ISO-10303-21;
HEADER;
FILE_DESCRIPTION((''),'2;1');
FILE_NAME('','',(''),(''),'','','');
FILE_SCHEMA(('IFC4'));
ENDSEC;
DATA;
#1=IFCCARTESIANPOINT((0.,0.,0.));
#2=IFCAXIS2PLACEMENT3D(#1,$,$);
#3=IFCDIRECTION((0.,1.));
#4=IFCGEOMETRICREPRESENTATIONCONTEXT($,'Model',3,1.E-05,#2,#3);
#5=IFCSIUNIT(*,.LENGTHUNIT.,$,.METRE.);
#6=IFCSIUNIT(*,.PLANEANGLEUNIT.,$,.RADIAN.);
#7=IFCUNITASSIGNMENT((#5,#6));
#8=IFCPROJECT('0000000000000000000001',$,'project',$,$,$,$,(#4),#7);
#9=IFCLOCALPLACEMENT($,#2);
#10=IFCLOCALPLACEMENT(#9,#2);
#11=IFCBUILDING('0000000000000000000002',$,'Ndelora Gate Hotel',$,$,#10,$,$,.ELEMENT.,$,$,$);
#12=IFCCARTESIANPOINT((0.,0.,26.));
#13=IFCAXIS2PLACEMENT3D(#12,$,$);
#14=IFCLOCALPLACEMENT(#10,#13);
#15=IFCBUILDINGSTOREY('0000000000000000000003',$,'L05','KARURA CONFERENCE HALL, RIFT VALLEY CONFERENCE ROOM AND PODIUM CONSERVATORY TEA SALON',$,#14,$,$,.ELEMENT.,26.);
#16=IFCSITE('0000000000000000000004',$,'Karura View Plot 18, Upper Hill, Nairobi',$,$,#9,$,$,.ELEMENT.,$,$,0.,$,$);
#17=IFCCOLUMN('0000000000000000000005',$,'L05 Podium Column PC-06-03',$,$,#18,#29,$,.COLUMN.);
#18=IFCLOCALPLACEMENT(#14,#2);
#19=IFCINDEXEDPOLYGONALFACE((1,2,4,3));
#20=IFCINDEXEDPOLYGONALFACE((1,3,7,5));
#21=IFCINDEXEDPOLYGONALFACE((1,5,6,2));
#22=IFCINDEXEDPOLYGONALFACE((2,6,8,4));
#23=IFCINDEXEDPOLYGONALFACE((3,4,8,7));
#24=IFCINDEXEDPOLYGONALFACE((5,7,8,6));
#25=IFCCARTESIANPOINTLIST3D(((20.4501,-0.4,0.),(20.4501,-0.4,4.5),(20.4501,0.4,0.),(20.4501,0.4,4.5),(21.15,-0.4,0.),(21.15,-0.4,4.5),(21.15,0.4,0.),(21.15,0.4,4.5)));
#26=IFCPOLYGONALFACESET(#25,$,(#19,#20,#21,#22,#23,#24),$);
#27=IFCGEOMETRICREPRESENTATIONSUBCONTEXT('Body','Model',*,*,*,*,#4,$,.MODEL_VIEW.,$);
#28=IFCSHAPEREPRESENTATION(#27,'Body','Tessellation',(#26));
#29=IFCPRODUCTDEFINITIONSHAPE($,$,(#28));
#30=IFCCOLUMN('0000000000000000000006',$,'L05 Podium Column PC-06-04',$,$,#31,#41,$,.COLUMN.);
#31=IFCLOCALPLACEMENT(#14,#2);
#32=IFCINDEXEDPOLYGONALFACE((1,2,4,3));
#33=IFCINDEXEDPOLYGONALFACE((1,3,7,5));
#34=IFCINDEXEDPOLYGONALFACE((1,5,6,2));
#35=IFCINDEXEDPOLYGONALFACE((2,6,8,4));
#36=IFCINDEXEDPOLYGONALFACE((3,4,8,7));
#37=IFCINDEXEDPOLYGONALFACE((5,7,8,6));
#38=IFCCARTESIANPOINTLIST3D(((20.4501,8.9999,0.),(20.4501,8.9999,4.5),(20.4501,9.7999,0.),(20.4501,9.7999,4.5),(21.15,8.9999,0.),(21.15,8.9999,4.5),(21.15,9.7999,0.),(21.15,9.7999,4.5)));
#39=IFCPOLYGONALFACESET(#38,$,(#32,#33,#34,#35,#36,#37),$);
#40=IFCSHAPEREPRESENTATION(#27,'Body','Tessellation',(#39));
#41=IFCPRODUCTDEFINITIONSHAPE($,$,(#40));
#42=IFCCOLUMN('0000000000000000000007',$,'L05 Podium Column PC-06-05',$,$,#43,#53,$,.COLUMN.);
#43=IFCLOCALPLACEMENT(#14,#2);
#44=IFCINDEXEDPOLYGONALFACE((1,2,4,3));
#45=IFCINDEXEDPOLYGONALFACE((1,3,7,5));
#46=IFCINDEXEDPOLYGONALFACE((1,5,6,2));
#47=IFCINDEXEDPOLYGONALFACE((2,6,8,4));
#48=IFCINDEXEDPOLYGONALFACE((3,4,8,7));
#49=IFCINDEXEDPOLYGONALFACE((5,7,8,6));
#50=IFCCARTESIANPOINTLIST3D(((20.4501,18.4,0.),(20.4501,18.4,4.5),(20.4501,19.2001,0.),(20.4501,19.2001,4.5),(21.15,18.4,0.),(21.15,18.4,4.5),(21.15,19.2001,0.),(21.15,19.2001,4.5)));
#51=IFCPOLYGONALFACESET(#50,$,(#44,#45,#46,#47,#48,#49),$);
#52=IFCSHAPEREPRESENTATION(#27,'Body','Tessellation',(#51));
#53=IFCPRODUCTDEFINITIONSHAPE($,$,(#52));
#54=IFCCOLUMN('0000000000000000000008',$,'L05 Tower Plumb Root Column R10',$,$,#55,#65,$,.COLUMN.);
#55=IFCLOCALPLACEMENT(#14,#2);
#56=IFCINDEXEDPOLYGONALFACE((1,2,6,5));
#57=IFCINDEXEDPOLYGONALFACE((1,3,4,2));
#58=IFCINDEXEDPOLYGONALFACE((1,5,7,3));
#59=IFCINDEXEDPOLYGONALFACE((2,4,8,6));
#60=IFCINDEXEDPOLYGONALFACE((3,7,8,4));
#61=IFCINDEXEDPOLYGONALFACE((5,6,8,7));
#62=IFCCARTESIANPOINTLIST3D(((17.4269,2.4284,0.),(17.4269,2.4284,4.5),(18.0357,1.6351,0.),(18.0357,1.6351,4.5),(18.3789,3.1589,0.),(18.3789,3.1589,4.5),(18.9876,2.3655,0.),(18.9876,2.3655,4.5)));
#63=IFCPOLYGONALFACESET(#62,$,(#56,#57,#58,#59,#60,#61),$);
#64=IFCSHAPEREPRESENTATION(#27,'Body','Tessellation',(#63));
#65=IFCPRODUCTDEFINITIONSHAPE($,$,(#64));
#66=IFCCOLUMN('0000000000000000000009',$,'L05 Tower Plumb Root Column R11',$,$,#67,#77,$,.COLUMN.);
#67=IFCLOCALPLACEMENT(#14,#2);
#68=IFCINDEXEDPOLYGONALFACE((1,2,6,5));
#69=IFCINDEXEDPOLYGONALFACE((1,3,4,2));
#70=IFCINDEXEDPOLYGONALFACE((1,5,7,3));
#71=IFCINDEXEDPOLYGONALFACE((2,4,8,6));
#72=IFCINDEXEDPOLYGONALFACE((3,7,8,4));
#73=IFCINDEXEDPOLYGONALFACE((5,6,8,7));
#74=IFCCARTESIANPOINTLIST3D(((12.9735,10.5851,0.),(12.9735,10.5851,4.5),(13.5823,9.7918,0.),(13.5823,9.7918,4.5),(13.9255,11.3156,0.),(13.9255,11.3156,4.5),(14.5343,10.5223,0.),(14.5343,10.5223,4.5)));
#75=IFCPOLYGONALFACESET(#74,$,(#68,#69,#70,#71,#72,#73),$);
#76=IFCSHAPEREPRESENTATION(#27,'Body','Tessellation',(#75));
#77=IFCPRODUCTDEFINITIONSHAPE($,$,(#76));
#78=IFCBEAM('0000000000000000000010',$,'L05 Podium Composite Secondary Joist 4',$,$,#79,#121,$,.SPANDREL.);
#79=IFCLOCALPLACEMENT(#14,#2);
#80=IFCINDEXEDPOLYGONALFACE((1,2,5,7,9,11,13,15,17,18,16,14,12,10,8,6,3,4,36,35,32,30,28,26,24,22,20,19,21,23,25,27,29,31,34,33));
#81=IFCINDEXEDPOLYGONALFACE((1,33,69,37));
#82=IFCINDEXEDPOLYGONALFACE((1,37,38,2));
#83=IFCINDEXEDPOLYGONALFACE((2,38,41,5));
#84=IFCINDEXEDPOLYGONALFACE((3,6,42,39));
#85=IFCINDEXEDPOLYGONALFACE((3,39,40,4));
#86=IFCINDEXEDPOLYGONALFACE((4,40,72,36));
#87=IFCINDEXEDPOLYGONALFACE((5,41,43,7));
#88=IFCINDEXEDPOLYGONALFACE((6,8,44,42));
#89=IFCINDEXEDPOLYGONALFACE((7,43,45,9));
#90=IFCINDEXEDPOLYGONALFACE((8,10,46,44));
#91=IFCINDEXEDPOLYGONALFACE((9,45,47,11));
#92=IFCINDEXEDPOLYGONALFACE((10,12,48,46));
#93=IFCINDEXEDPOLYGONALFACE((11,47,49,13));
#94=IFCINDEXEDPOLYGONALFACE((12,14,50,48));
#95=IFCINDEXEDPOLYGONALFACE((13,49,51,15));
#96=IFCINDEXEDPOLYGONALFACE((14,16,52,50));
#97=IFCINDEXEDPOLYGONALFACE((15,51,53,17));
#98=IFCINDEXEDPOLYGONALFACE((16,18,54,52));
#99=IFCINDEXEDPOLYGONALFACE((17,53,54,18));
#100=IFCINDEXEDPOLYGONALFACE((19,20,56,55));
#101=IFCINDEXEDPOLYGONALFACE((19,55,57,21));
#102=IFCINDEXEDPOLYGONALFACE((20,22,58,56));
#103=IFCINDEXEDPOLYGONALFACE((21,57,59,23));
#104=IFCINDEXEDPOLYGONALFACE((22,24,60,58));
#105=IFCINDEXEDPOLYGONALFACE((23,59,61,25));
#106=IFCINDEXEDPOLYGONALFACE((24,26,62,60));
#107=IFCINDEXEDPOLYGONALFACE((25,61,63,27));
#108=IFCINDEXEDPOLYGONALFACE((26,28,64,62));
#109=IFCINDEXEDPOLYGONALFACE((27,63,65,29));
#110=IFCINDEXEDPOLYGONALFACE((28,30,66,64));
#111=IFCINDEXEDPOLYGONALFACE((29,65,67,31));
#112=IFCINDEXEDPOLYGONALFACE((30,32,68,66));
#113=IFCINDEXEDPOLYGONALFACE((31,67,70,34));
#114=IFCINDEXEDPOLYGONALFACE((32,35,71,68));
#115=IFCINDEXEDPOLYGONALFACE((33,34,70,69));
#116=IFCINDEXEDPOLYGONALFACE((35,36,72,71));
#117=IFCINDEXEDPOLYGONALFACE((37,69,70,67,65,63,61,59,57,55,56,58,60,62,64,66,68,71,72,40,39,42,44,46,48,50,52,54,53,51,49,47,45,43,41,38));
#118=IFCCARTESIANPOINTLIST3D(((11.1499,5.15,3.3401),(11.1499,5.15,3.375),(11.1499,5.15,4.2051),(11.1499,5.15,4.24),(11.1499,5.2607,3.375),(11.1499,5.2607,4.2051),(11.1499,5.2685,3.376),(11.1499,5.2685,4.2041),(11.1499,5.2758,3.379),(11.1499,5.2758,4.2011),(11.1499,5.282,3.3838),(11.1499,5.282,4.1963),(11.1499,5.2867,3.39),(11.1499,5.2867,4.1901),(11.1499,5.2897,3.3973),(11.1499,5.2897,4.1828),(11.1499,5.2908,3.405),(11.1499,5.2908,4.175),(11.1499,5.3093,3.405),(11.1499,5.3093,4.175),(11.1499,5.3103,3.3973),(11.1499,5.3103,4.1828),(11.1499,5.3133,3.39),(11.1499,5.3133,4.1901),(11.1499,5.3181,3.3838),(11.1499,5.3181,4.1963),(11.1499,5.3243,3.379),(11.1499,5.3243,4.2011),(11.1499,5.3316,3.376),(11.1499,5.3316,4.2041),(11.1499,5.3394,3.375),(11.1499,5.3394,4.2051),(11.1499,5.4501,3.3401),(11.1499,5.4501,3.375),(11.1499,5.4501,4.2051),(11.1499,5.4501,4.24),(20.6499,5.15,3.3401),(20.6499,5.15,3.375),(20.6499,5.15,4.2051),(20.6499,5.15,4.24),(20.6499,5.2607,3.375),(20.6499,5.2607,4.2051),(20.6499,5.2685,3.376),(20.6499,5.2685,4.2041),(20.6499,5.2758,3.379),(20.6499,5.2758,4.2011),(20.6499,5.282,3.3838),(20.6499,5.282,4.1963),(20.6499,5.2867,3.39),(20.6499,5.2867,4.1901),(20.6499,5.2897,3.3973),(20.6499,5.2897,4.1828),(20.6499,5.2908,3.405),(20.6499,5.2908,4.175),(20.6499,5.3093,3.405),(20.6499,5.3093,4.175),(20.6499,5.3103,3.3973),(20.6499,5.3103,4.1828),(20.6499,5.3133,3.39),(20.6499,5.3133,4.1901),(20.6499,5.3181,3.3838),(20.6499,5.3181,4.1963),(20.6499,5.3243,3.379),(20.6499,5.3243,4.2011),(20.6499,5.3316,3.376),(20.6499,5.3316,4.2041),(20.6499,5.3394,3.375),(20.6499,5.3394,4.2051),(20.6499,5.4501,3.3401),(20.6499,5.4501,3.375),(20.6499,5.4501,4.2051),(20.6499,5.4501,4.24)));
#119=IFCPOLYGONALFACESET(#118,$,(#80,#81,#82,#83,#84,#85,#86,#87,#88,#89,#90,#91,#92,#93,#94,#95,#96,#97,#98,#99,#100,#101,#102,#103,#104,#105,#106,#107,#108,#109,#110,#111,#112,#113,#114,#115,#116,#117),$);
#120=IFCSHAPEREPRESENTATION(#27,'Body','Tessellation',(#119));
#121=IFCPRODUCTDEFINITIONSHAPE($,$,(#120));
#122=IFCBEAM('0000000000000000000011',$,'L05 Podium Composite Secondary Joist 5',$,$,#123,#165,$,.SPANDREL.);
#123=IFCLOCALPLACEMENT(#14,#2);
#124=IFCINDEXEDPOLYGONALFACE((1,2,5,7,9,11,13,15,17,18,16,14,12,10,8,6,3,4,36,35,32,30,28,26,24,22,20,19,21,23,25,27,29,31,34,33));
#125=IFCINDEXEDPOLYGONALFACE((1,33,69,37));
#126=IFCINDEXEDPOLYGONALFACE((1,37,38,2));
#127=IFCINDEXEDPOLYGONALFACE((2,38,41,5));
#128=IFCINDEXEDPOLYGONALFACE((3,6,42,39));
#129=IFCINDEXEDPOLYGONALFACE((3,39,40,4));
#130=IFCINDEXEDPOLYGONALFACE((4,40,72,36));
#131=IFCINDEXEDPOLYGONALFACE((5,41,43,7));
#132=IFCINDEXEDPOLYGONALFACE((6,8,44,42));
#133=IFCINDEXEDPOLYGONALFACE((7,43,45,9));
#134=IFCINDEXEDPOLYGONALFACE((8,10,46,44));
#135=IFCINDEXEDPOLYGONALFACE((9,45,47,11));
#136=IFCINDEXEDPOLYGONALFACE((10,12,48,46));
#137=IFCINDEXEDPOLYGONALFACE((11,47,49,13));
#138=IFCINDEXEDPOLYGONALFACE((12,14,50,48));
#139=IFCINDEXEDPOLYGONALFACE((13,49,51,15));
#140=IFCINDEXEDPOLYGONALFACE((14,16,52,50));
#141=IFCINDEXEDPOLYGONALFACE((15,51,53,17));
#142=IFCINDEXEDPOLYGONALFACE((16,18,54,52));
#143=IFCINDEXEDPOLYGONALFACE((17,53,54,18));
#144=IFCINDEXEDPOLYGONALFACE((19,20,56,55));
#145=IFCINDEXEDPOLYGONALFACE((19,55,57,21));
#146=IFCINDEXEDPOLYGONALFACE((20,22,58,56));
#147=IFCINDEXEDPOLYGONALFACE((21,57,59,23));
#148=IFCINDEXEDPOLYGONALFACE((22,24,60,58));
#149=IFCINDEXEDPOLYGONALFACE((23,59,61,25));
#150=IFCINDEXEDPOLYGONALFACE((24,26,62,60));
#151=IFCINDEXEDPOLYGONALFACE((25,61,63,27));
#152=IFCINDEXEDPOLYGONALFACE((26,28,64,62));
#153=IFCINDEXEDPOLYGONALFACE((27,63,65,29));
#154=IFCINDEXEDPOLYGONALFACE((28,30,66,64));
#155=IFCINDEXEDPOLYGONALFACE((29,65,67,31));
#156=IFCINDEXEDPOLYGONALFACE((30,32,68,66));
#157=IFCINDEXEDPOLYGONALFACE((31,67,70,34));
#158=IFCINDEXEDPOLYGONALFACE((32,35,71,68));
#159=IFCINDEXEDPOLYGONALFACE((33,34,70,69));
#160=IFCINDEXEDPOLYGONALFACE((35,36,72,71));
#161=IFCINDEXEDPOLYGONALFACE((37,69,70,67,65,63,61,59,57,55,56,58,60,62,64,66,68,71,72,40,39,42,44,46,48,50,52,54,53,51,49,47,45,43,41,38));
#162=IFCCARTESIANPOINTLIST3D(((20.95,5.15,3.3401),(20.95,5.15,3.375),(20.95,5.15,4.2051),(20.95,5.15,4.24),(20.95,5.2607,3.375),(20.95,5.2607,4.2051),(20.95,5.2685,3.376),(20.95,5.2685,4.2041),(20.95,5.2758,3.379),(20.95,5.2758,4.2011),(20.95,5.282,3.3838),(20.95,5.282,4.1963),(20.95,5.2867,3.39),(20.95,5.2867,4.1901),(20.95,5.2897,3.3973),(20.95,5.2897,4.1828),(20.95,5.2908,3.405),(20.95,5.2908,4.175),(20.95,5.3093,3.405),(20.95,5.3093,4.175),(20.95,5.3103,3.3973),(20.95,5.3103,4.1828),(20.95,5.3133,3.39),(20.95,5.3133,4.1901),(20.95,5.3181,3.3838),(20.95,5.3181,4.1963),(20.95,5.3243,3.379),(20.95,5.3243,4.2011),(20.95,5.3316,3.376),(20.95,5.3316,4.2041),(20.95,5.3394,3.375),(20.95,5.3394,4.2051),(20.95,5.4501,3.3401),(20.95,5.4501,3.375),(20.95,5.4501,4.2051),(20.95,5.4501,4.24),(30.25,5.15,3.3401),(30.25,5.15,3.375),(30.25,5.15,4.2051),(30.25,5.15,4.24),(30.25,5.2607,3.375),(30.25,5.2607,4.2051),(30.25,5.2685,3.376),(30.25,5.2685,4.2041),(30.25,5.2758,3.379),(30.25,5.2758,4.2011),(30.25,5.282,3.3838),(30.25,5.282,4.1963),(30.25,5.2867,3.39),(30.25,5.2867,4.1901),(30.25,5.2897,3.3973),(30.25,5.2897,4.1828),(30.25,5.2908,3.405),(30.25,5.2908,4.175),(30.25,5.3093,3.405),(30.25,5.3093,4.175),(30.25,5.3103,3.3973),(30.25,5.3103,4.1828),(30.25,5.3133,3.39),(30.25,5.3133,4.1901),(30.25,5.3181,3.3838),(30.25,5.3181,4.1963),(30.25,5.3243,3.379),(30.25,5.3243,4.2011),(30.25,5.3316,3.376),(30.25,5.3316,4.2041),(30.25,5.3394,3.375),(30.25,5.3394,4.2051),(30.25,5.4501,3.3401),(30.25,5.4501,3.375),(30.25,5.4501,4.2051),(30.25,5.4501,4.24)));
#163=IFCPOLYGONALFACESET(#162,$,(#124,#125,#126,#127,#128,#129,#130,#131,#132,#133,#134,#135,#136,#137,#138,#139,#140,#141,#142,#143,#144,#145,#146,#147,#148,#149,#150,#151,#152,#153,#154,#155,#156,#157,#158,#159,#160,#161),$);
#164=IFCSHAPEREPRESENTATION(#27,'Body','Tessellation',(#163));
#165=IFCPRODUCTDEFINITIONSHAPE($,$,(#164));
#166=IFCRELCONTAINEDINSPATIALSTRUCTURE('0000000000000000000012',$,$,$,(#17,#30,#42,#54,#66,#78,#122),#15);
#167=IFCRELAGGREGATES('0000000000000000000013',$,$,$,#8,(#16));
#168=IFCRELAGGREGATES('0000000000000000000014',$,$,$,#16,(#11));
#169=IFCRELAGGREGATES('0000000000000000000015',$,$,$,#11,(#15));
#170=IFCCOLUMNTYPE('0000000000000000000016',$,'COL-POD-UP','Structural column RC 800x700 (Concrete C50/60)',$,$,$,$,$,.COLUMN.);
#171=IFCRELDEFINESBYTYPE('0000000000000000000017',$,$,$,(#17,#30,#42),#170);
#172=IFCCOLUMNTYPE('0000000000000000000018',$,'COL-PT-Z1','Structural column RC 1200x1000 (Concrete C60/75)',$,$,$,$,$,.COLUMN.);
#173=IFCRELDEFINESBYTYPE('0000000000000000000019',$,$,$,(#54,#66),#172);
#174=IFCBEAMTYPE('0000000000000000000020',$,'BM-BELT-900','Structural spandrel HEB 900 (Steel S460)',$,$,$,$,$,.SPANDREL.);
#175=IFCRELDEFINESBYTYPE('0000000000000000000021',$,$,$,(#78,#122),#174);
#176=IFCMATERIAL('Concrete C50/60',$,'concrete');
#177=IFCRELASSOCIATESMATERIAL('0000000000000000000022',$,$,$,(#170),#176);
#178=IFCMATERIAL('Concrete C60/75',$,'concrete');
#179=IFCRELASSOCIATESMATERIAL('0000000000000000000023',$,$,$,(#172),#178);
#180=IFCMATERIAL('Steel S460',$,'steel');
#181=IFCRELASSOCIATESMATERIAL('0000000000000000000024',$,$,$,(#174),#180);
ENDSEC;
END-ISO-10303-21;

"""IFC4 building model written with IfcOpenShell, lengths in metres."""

from ifc_helpers import new_model, si_unit, direction, frame, origin, origin_2d, place, context, subcontext, project, spatial, rectangle, i_section, extrude, material, material_profile, profile_set, type_object, element, save


model = new_model("IFC4")

# Units and contexts
model_context = context("Model", 3, precision=1e-05, world=origin(), true_north=direction((0.0, 1.0)))
body_context = subcontext(model_context, "Body", "Model", "MODEL_VIEW")
ifc_project = project(units=[si_unit("LENGTHUNIT", "METRE"), si_unit("PLANEANGLEUNIT", "RADIAN")], contexts=[model_context])

# Site, building, storey
site_placement = place(None, origin())
site = spatial("IfcSite", under=ifc_project, at=site_placement, Name="Karura View Plot 18, Upper Hill, Nairobi", CompositionType="ELEMENT", RefElevation=0.0)
building_placement = place(site_placement, origin())
building = spatial("IfcBuilding", under=site, at=building_placement, Name="Ndelora Gate Hotel", CompositionType="ELEMENT")
storey_placement = place(building_placement, frame((0.0, 0.0, 26.0)))
storey = spatial("IfcBuildingStorey", under=building, at=storey_placement, Name="L05", Description="KARURA CONFERENCE HALL, RIFT VALLEY CONFERENCE ROOM AND PODIUM CONSERVATORY TEA SALON", CompositionType="ELEMENT", Elevation=26.0)

# Columns
ifc_material_1 = material(Name="Concrete C50/60", Category="concrete")
ifc_material_profile_1 = material_profile(ifc_material_1, rectangle(XDim=0.7, YDim=0.8, at=origin_2d()), Name="RC 800x700")
ifc_profile_set_1 = profile_set([ifc_material_profile_1], Name="Concrete C50/60")
column_type_1 = type_object("IfcColumnType", Name="COL-POD-UP", Description="Structural column RC 800x700 (Concrete C50/60)", PredefinedType="COLUMN", material=ifc_profile_set_1)
for number, where, z_axis, x_axis, name in (
    (1, (20.8, 0.0, 0.0), (0.0, 0.0, 1.0), (1.0, 0.0, 0.0), "L05 Podium Column PC-06-03"),
    (2, (20.8, 9.3999, 0.0), (0.0, 0.0, 1.0), (1.0, 0.0, 0.0), "L05 Podium Column PC-06-04"),
    (3, (20.8, 18.8, 0.0), (0.0, 0.0, 1.0), (1.0, 0.0, 0.0), "L05 Podium Column PC-06-05"),
):
    element("IfcColumn", number, at=place(storey_placement, frame(where, z_axis=z_axis, x_axis=x_axis)), inside=storey, type_object=column_type_1, Name=name, PredefinedType="COLUMN", context=body_context, shape_type="SweptSolid", body=[
        extrude(rectangle(XDim=0.7, YDim=0.8, at=origin_2d()), origin(), (0.0, 0.0, 1.0), 4.5),
    ])
ifc_material_2 = material(Name="Concrete C60/75", Category="concrete")
ifc_material_profile_2 = material_profile(ifc_material_2, rectangle(XDim=1.0, YDim=1.2, at=origin_2d()), Name="RC 1200x1000")
ifc_profile_set_2 = profile_set([ifc_material_profile_2], Name="Concrete C60/75")
column_type_2 = type_object("IfcColumnType", Name="COL-PT-Z1", Description="Structural column RC 1200x1000 (Concrete C60/75)", PredefinedType="COLUMN", material=ifc_profile_set_2)
for number, where, z_axis, x_axis, name in (
    (4, (18.2073, 2.397, 0.0), (0.0, 0.0, 1.0), (-0.608761, 0.793353, 0.0), "L05 Tower Plumb Root Column R10"),
    (5, (13.7539, 10.5537, 0.0), (0.0, 0.0, 1.0), (-0.608761, 0.793353, 0.0), "L05 Tower Plumb Root Column R11"),
):
    element("IfcColumn", number, at=place(storey_placement, frame(where, z_axis=z_axis, x_axis=x_axis)), inside=storey, type_object=column_type_2, Name=name, PredefinedType="COLUMN", context=body_context, shape_type="SweptSolid", body=[
        extrude(rectangle(XDim=1.0, YDim=1.2, at=origin_2d()), origin(), (0.0, 0.0, 1.0), 4.5),
    ])

# Beams
ifc_material_3 = material(Name="Steel S460", Category="steel")
ifc_material_profile_3 = material_profile(ifc_material_3, i_section(OverallWidth=0.3, OverallDepth=0.8999, WebThickness=0.0186, FlangeThickness=0.0349, FilletRadius=0.03, at=origin_2d()), Name="HEB 900")
ifc_profile_set_3 = profile_set([ifc_material_profile_3], Name="Steel S460")
beam_type_1 = type_object("IfcBeamType", Name="BM-BELT-900", Description="Structural spandrel HEB 900 (Steel S460)", PredefinedType="SPANDREL", material=ifc_profile_set_3)
beam_1_placement = place(storey_placement, frame((11.1499, 5.3, 3.79), z_axis=(1.0, 0.0, 0.0), x_axis=(0.0, 1.0, 0.0)))
element("IfcBeam", 6, at=beam_1_placement, inside=storey, type_object=beam_type_1, Name="L05 Podium Composite Secondary Joist 4", PredefinedType="SPANDREL", context=body_context, shape_type="SweptSolid", body=[
    extrude(i_section(OverallWidth=0.3, OverallDepth=0.8999, WebThickness=0.0186, FlangeThickness=0.0349, FilletRadius=0.03, at=origin_2d()), origin(), (0.0, 0.0, 1.0), 9.5),
])
beam_2_placement = place(storey_placement, frame((20.95, 5.3, 3.79), z_axis=(1.0, 0.0, 0.0), x_axis=(0.0, 1.0, 0.0)))
element("IfcBeam", 7, at=beam_2_placement, inside=storey, type_object=beam_type_1, Name="L05 Podium Composite Secondary Joist 5", PredefinedType="SPANDREL", context=body_context, shape_type="SweptSolid", body=[
    extrude(i_section(OverallWidth=0.3, OverallDepth=0.8999, WebThickness=0.0186, FlangeThickness=0.0349, FilletRadius=0.03, at=origin_2d()), origin(), (0.0, 0.0, 1.0), 9.3),
])

save(model, "model.ifc")
